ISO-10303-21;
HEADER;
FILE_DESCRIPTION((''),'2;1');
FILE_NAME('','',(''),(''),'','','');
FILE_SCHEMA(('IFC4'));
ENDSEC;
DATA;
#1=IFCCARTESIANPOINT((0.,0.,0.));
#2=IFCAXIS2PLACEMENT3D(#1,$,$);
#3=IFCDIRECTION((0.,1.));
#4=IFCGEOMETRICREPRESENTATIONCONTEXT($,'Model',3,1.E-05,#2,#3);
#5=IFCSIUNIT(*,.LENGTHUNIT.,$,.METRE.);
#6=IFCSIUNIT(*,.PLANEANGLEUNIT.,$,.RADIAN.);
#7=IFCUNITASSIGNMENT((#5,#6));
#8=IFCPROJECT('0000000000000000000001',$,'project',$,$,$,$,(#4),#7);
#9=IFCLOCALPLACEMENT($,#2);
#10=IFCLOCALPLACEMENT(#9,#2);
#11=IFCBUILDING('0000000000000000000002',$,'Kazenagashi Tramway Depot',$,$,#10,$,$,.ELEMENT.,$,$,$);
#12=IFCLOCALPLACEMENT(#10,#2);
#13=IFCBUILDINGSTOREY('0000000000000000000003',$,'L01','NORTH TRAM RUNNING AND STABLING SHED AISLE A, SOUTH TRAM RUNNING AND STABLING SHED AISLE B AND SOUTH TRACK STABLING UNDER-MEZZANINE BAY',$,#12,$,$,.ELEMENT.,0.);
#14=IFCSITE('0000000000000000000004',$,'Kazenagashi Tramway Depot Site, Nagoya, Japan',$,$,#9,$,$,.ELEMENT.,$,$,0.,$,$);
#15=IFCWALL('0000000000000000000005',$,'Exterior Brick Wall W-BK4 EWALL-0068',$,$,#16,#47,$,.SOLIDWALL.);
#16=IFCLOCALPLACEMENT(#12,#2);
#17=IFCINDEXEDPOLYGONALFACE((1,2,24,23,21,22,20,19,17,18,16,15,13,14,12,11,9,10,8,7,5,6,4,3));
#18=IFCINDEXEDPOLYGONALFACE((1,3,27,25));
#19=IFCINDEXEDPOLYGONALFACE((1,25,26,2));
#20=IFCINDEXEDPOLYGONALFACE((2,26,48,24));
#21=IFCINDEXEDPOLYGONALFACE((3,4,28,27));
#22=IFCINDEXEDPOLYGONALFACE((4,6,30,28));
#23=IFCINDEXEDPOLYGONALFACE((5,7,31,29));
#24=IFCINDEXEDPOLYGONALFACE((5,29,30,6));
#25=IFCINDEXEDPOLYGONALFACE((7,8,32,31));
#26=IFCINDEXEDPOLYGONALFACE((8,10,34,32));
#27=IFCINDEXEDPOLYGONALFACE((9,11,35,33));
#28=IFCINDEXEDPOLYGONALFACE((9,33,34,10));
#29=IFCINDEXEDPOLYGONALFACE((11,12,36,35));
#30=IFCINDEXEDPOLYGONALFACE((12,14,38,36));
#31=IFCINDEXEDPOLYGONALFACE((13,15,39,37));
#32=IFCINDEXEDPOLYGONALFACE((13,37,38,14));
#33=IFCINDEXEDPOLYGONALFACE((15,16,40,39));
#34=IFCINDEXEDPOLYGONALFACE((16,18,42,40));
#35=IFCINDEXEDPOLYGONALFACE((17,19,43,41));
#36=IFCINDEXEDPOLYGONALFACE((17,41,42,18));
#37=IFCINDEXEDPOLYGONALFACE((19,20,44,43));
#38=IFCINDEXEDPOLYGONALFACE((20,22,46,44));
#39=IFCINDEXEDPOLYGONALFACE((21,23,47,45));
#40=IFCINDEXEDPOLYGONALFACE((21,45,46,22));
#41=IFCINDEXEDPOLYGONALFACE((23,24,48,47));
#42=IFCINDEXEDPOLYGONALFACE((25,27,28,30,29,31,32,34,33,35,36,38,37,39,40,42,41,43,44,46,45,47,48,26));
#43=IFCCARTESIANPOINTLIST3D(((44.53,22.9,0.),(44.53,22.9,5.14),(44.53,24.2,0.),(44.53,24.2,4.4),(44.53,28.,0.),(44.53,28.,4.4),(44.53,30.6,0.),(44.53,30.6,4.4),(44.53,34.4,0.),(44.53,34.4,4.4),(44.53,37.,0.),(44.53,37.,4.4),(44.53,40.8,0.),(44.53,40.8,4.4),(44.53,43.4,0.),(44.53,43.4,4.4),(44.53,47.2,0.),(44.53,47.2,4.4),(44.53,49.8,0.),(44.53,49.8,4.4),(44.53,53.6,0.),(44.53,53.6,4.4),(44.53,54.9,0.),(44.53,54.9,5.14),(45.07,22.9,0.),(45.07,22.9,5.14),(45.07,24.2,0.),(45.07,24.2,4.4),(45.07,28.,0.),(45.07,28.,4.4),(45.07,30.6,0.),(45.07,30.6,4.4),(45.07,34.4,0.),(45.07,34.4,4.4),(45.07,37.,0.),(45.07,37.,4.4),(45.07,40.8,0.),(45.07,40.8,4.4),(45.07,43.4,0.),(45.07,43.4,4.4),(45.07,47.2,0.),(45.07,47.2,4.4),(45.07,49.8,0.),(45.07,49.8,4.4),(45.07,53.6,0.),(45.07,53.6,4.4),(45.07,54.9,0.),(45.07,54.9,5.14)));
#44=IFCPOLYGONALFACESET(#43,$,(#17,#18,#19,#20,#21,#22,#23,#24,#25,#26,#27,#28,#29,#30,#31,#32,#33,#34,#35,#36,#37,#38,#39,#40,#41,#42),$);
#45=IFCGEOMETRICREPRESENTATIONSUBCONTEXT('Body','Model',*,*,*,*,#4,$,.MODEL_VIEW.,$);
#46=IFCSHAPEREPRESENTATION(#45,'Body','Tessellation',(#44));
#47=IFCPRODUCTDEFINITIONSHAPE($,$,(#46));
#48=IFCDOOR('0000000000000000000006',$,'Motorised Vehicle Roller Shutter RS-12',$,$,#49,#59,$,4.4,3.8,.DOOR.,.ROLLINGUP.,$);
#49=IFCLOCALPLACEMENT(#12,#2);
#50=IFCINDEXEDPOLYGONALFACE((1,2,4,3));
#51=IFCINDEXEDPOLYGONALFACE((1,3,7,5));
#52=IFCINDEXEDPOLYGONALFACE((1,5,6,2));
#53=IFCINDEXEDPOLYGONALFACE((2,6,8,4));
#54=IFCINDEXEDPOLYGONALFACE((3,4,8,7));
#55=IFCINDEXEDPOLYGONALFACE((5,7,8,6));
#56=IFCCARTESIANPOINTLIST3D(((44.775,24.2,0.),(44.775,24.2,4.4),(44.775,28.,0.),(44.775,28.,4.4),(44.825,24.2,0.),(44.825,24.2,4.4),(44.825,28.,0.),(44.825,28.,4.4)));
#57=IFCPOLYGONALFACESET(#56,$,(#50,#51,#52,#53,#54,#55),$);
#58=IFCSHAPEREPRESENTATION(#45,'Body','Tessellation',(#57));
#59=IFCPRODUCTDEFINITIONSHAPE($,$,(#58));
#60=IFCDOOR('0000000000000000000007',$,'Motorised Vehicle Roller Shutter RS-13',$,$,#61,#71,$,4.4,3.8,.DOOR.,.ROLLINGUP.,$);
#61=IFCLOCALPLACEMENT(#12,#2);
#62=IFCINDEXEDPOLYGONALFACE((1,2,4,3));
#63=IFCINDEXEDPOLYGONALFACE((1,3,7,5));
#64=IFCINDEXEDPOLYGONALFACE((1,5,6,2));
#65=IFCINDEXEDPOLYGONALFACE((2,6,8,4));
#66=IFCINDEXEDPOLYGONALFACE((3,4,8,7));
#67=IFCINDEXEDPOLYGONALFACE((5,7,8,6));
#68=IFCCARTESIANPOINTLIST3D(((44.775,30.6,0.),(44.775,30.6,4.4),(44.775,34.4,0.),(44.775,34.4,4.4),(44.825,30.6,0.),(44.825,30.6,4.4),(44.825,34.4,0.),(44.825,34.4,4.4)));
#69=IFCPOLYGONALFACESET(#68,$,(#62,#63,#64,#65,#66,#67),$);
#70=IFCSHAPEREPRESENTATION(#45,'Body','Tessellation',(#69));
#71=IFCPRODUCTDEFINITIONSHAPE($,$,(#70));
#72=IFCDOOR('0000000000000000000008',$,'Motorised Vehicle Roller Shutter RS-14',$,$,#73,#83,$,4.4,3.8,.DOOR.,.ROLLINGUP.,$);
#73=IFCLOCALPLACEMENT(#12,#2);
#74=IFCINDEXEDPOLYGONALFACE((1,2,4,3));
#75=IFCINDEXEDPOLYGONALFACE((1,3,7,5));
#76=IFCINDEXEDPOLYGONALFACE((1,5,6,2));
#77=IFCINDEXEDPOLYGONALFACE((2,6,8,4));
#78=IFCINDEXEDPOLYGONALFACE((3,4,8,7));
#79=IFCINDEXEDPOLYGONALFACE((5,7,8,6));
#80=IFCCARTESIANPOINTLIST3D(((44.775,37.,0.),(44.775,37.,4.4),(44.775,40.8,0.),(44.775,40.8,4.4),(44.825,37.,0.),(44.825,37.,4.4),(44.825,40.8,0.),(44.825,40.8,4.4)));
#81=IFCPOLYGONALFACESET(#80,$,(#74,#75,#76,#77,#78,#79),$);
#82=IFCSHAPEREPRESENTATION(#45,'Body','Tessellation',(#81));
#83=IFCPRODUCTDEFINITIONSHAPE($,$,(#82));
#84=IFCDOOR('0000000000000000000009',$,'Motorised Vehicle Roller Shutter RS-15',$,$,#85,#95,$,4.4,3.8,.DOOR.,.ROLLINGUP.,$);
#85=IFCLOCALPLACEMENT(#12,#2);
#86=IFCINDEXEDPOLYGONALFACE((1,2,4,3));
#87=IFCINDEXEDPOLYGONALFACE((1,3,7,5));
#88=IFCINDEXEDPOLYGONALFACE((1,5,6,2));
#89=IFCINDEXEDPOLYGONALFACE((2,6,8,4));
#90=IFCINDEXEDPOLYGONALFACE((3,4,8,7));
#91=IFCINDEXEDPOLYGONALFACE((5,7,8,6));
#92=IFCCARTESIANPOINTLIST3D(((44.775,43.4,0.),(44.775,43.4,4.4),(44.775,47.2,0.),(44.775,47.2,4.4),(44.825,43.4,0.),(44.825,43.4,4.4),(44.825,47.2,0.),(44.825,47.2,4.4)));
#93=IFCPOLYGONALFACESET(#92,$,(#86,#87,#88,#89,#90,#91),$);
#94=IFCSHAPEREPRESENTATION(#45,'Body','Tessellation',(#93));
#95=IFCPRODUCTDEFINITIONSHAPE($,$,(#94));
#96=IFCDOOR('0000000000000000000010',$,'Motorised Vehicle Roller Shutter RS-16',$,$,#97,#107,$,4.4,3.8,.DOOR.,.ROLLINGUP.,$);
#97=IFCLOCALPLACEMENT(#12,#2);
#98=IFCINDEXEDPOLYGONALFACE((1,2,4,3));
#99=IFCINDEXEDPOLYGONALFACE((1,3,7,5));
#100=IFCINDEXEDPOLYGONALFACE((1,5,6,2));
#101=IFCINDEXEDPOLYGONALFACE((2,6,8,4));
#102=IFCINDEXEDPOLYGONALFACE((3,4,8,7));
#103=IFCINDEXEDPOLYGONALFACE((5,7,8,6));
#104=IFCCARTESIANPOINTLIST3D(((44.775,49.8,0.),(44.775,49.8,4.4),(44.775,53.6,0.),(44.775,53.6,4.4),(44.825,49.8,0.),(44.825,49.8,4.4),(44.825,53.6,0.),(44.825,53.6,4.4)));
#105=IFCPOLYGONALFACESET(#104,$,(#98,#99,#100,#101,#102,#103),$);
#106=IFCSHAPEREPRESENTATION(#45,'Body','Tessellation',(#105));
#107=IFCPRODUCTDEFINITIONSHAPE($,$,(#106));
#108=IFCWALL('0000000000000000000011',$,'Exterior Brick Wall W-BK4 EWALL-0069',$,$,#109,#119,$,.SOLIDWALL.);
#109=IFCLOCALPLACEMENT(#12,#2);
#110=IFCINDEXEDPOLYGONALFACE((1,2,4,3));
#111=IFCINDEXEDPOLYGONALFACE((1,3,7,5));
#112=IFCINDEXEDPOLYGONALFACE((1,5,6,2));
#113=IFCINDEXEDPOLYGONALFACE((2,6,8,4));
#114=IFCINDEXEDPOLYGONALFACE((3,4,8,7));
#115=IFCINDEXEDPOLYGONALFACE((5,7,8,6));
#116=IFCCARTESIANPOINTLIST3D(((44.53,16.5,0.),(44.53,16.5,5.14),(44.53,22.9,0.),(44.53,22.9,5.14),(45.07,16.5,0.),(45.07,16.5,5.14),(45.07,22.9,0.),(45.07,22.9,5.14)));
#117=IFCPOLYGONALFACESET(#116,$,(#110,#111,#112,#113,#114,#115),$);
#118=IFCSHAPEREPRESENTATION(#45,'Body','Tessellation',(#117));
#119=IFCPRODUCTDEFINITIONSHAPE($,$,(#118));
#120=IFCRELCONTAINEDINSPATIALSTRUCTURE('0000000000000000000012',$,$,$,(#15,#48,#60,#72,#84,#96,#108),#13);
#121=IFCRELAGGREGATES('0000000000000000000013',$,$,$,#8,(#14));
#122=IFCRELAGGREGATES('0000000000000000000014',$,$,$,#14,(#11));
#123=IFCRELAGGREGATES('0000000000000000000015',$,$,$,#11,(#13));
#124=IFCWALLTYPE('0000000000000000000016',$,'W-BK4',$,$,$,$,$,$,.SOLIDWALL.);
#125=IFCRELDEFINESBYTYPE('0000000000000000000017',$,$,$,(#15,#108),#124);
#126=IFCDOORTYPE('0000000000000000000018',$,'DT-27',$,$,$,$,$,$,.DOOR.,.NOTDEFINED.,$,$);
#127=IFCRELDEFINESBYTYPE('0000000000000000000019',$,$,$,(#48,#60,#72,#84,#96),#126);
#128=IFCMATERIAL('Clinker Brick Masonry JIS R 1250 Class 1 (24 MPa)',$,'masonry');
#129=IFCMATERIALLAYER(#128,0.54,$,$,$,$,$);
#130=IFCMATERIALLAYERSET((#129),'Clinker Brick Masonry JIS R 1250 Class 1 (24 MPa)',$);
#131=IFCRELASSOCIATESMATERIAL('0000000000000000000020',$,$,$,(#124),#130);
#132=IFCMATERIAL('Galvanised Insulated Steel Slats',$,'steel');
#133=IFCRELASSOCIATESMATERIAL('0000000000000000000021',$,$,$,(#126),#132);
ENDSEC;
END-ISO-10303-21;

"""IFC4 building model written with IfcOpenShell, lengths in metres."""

from ifc_helpers import new_model, si_unit, direction, frame, frame_2d, origin, place, context, subcontext, project, spatial, rectangle, extrude, material, layer, layer_set, type_object, element, fill, save


model = new_model("IFC4")

# Units and contexts
model_context = context("Model", 3, precision=1e-05, world=origin(), true_north=direction((0.0, 1.0)))
body_context = subcontext(model_context, "Body", "Model", "MODEL_VIEW")
ifc_project = project(units=[si_unit("LENGTHUNIT", "METRE"), si_unit("PLANEANGLEUNIT", "RADIAN")], contexts=[model_context])

# Site, building, storey
site_placement = place(None, origin())
site = spatial("IfcSite", under=ifc_project, at=site_placement, Name="Kazenagashi Tramway Depot Site, Nagoya, Japan", CompositionType="ELEMENT", RefElevation=0.0)
building_placement = place(site_placement, origin())
building = spatial("IfcBuilding", under=site, at=building_placement, Name="Kazenagashi Tramway Depot", CompositionType="ELEMENT")
storey_placement = place(building_placement, origin())
storey = spatial("IfcBuildingStorey", under=building, at=storey_placement, Name="L01", Description="NORTH TRAM RUNNING AND STABLING SHED AISLE A, SOUTH TRAM RUNNING AND STABLING SHED AISLE B AND SOUTH TRACK STABLING UNDER-MEZZANINE BAY", CompositionType="ELEMENT", Elevation=0.0)

# Wall, openings, doors
ifc_material_1 = material(Name="Clinker Brick Masonry JIS R 1250 Class 1 (24 MPa)", Category="masonry")
ifc_layer_1 = layer(ifc_material_1, 0.54)
ifc_layer_set_1 = layer_set([ifc_layer_1], Name="Clinker Brick Masonry JIS R 1250 Class 1 (24 MPa)")
wall_type_1 = type_object("IfcWallType", Name="W-BK4", PredefinedType="SOLIDWALL", material=ifc_layer_set_1)
wall_1_placement = place(storey_placement, frame((44.8, 22.9, 0.0), z_axis=(0.0, 0.0, 1.0), x_axis=(0.0, 1.0, 0.0)))
wall_1 = element("IfcWall", 1, at=wall_1_placement, inside=storey, type_object=wall_type_1, Name="Exterior Brick Wall W-BK4 EWALL-0068", PredefinedType="SOLIDWALL", context=body_context, shape_type="SweptSolid", body=[
    extrude(rectangle(XDim=32.0, YDim=0.54, at=frame_2d((16.0, 0.0))), origin(), (0.0, 0.0, 1.0), 5.14),
])
opening_1_placement = place(wall_1_placement, frame((1.3, 0.0, 0.0)))
opening_1 = element("IfcOpeningElement", 2, at=opening_1_placement, cuts=wall_1, PredefinedType="OPENING", context=body_context, shape_type="SweptSolid", body=[
    extrude(rectangle(XDim=3.8, YDim=4.4, at=frame_2d((1.9, 2.2))), frame((0.0, 0.28, 0.0), z_axis=(0.0, -1.0, 0.0), x_axis=(1.0, 0.0, 0.0)), (0.0, 0.0, 1.0), 0.56),
])
opening_2_placement = place(wall_1_placement, frame((7.7, 0.0, 0.0)))
opening_2 = element("IfcOpeningElement", 3, at=opening_2_placement, cuts=wall_1, PredefinedType="OPENING", context=body_context, shape_type="SweptSolid", body=[
    extrude(rectangle(XDim=3.8, YDim=4.4, at=frame_2d((1.9, 2.2))), frame((0.0, 0.28, 0.0), z_axis=(0.0, -1.0, 0.0), x_axis=(1.0, 0.0, 0.0)), (0.0, 0.0, 1.0), 0.56),
])
opening_3_placement = place(wall_1_placement, frame((14.1, 0.0, 0.0)))
opening_3 = element("IfcOpeningElement", 4, at=opening_3_placement, cuts=wall_1, PredefinedType="OPENING", context=body_context, shape_type="SweptSolid", body=[
    extrude(rectangle(XDim=3.8, YDim=4.4, at=frame_2d((1.9, 2.2))), frame((0.0, 0.28, 0.0), z_axis=(0.0, -1.0, 0.0), x_axis=(1.0, 0.0, 0.0)), (0.0, 0.0, 1.0), 0.56),
])
opening_4_placement = place(wall_1_placement, frame((20.5, 0.0, 0.0)))
opening_4 = element("IfcOpeningElement", 5, at=opening_4_placement, cuts=wall_1, PredefinedType="OPENING", context=body_context, shape_type="SweptSolid", body=[
    extrude(rectangle(XDim=3.8, YDim=4.4, at=frame_2d((1.9, 2.2))), frame((0.0, 0.28, 0.0), z_axis=(0.0, -1.0, 0.0), x_axis=(1.0, 0.0, 0.0)), (0.0, 0.0, 1.0), 0.56),
])
opening_5_placement = place(wall_1_placement, frame((26.9, 0.0, 0.0)))
opening_5 = element("IfcOpeningElement", 6, at=opening_5_placement, cuts=wall_1, PredefinedType="OPENING", context=body_context, shape_type="SweptSolid", body=[
    extrude(rectangle(XDim=3.8, YDim=4.4, at=frame_2d((1.9, 2.2))), frame((0.0, 0.28, 0.0), z_axis=(0.0, -1.0, 0.0), x_axis=(1.0, 0.0, 0.0)), (0.0, 0.0, 1.0), 0.56),
])
ifc_material_2 = material(Name="Galvanised Insulated Steel Slats", Category="steel")
door_type_1 = type_object("IfcDoorType", Name="DT-27", OperationType="NOTDEFINED", PredefinedType="DOOR", material=ifc_material_2)
door_1_placement = place(opening_1_placement, origin())
door_1 = element("IfcDoor", 7, at=door_1_placement, inside=storey, type_object=door_type_1, Name="Motorised Vehicle Roller Shutter RS-12", OperationType="ROLLINGUP", OverallHeight=4.4, OverallWidth=3.8, PredefinedType="DOOR", context=body_context, shape_type="SweptSolid", body=[
    extrude(rectangle(XDim=3.8, YDim=4.4, at=frame_2d((1.9, 2.2))), frame((0.0, 0.025, 0.0), z_axis=(0.0, -1.0, 0.0), x_axis=(1.0, 0.0, 0.0)), (0.0, 0.0, 1.0), 0.05),
])
fill(opening_1, door_1)
door_2_placement = place(opening_2_placement, origin())
door_2 = element("IfcDoor", 8, at=door_2_placement, inside=storey, type_object=door_type_1, Name="Motorised Vehicle Roller Shutter RS-13", OperationType="ROLLINGUP", OverallHeight=4.4, OverallWidth=3.8, PredefinedType="DOOR", context=body_context, shape_type="SweptSolid", body=[
    extrude(rectangle(XDim=3.8, YDim=4.4, at=frame_2d((1.9, 2.2))), frame((0.0, 0.025, 0.0), z_axis=(0.0, -1.0, 0.0), x_axis=(1.0, 0.0, 0.0)), (0.0, 0.0, 1.0), 0.05),
])
fill(opening_2, door_2)
door_3_placement = place(opening_3_placement, origin())
door_3 = element("IfcDoor", 9, at=door_3_placement, inside=storey, type_object=door_type_1, Name="Motorised Vehicle Roller Shutter RS-14", OperationType="ROLLINGUP", OverallHeight=4.4, OverallWidth=3.8, PredefinedType="DOOR", context=body_context, shape_type="SweptSolid", body=[
    extrude(rectangle(XDim=3.8, YDim=4.4, at=frame_2d((1.9, 2.2))), frame((0.0, 0.025, 0.0), z_axis=(0.0, -1.0, 0.0), x_axis=(1.0, 0.0, 0.0)), (0.0, 0.0, 1.0), 0.05),
])
fill(opening_3, door_3)
door_4_placement = place(opening_4_placement, origin())
door_4 = element("IfcDoor", 10, at=door_4_placement, inside=storey, type_object=door_type_1, Name="Motorised Vehicle Roller Shutter RS-15", OperationType="ROLLINGUP", OverallHeight=4.4, OverallWidth=3.8, PredefinedType="DOOR", context=body_context, shape_type="SweptSolid", body=[
    extrude(rectangle(XDim=3.8, YDim=4.4, at=frame_2d((1.9, 2.2))), frame((0.0, 0.025, 0.0), z_axis=(0.0, -1.0, 0.0), x_axis=(1.0, 0.0, 0.0)), (0.0, 0.0, 1.0), 0.05),
])
fill(opening_4, door_4)
door_5_placement = place(opening_5_placement, origin())
door_5 = element("IfcDoor", 11, at=door_5_placement, inside=storey, type_object=door_type_1, Name="Motorised Vehicle Roller Shutter RS-16", OperationType="ROLLINGUP", OverallHeight=4.4, OverallWidth=3.8, PredefinedType="DOOR", context=body_context, shape_type="SweptSolid", body=[
    extrude(rectangle(XDim=3.8, YDim=4.4, at=frame_2d((1.9, 2.2))), frame((0.0, 0.025, 0.0), z_axis=(0.0, -1.0, 0.0), x_axis=(1.0, 0.0, 0.0)), (0.0, 0.0, 1.0), 0.05),
])
fill(opening_5, door_5)

# Wall
wall_2_placement = place(storey_placement, frame((44.8, 16.5, 0.0), z_axis=(0.0, 0.0, 1.0), x_axis=(0.0, 1.0, 0.0)))
element("IfcWall", 12, at=wall_2_placement, inside=storey, type_object=wall_type_1, Name="Exterior Brick Wall W-BK4 EWALL-0069", PredefinedType="SOLIDWALL", context=body_context, shape_type="SweptSolid", body=[
    extrude(rectangle(XDim=6.4, YDim=0.54, at=frame_2d((3.2, 0.0))), origin(), (0.0, 0.0, 1.0), 5.14),
])

save(model, "model.ifc")
